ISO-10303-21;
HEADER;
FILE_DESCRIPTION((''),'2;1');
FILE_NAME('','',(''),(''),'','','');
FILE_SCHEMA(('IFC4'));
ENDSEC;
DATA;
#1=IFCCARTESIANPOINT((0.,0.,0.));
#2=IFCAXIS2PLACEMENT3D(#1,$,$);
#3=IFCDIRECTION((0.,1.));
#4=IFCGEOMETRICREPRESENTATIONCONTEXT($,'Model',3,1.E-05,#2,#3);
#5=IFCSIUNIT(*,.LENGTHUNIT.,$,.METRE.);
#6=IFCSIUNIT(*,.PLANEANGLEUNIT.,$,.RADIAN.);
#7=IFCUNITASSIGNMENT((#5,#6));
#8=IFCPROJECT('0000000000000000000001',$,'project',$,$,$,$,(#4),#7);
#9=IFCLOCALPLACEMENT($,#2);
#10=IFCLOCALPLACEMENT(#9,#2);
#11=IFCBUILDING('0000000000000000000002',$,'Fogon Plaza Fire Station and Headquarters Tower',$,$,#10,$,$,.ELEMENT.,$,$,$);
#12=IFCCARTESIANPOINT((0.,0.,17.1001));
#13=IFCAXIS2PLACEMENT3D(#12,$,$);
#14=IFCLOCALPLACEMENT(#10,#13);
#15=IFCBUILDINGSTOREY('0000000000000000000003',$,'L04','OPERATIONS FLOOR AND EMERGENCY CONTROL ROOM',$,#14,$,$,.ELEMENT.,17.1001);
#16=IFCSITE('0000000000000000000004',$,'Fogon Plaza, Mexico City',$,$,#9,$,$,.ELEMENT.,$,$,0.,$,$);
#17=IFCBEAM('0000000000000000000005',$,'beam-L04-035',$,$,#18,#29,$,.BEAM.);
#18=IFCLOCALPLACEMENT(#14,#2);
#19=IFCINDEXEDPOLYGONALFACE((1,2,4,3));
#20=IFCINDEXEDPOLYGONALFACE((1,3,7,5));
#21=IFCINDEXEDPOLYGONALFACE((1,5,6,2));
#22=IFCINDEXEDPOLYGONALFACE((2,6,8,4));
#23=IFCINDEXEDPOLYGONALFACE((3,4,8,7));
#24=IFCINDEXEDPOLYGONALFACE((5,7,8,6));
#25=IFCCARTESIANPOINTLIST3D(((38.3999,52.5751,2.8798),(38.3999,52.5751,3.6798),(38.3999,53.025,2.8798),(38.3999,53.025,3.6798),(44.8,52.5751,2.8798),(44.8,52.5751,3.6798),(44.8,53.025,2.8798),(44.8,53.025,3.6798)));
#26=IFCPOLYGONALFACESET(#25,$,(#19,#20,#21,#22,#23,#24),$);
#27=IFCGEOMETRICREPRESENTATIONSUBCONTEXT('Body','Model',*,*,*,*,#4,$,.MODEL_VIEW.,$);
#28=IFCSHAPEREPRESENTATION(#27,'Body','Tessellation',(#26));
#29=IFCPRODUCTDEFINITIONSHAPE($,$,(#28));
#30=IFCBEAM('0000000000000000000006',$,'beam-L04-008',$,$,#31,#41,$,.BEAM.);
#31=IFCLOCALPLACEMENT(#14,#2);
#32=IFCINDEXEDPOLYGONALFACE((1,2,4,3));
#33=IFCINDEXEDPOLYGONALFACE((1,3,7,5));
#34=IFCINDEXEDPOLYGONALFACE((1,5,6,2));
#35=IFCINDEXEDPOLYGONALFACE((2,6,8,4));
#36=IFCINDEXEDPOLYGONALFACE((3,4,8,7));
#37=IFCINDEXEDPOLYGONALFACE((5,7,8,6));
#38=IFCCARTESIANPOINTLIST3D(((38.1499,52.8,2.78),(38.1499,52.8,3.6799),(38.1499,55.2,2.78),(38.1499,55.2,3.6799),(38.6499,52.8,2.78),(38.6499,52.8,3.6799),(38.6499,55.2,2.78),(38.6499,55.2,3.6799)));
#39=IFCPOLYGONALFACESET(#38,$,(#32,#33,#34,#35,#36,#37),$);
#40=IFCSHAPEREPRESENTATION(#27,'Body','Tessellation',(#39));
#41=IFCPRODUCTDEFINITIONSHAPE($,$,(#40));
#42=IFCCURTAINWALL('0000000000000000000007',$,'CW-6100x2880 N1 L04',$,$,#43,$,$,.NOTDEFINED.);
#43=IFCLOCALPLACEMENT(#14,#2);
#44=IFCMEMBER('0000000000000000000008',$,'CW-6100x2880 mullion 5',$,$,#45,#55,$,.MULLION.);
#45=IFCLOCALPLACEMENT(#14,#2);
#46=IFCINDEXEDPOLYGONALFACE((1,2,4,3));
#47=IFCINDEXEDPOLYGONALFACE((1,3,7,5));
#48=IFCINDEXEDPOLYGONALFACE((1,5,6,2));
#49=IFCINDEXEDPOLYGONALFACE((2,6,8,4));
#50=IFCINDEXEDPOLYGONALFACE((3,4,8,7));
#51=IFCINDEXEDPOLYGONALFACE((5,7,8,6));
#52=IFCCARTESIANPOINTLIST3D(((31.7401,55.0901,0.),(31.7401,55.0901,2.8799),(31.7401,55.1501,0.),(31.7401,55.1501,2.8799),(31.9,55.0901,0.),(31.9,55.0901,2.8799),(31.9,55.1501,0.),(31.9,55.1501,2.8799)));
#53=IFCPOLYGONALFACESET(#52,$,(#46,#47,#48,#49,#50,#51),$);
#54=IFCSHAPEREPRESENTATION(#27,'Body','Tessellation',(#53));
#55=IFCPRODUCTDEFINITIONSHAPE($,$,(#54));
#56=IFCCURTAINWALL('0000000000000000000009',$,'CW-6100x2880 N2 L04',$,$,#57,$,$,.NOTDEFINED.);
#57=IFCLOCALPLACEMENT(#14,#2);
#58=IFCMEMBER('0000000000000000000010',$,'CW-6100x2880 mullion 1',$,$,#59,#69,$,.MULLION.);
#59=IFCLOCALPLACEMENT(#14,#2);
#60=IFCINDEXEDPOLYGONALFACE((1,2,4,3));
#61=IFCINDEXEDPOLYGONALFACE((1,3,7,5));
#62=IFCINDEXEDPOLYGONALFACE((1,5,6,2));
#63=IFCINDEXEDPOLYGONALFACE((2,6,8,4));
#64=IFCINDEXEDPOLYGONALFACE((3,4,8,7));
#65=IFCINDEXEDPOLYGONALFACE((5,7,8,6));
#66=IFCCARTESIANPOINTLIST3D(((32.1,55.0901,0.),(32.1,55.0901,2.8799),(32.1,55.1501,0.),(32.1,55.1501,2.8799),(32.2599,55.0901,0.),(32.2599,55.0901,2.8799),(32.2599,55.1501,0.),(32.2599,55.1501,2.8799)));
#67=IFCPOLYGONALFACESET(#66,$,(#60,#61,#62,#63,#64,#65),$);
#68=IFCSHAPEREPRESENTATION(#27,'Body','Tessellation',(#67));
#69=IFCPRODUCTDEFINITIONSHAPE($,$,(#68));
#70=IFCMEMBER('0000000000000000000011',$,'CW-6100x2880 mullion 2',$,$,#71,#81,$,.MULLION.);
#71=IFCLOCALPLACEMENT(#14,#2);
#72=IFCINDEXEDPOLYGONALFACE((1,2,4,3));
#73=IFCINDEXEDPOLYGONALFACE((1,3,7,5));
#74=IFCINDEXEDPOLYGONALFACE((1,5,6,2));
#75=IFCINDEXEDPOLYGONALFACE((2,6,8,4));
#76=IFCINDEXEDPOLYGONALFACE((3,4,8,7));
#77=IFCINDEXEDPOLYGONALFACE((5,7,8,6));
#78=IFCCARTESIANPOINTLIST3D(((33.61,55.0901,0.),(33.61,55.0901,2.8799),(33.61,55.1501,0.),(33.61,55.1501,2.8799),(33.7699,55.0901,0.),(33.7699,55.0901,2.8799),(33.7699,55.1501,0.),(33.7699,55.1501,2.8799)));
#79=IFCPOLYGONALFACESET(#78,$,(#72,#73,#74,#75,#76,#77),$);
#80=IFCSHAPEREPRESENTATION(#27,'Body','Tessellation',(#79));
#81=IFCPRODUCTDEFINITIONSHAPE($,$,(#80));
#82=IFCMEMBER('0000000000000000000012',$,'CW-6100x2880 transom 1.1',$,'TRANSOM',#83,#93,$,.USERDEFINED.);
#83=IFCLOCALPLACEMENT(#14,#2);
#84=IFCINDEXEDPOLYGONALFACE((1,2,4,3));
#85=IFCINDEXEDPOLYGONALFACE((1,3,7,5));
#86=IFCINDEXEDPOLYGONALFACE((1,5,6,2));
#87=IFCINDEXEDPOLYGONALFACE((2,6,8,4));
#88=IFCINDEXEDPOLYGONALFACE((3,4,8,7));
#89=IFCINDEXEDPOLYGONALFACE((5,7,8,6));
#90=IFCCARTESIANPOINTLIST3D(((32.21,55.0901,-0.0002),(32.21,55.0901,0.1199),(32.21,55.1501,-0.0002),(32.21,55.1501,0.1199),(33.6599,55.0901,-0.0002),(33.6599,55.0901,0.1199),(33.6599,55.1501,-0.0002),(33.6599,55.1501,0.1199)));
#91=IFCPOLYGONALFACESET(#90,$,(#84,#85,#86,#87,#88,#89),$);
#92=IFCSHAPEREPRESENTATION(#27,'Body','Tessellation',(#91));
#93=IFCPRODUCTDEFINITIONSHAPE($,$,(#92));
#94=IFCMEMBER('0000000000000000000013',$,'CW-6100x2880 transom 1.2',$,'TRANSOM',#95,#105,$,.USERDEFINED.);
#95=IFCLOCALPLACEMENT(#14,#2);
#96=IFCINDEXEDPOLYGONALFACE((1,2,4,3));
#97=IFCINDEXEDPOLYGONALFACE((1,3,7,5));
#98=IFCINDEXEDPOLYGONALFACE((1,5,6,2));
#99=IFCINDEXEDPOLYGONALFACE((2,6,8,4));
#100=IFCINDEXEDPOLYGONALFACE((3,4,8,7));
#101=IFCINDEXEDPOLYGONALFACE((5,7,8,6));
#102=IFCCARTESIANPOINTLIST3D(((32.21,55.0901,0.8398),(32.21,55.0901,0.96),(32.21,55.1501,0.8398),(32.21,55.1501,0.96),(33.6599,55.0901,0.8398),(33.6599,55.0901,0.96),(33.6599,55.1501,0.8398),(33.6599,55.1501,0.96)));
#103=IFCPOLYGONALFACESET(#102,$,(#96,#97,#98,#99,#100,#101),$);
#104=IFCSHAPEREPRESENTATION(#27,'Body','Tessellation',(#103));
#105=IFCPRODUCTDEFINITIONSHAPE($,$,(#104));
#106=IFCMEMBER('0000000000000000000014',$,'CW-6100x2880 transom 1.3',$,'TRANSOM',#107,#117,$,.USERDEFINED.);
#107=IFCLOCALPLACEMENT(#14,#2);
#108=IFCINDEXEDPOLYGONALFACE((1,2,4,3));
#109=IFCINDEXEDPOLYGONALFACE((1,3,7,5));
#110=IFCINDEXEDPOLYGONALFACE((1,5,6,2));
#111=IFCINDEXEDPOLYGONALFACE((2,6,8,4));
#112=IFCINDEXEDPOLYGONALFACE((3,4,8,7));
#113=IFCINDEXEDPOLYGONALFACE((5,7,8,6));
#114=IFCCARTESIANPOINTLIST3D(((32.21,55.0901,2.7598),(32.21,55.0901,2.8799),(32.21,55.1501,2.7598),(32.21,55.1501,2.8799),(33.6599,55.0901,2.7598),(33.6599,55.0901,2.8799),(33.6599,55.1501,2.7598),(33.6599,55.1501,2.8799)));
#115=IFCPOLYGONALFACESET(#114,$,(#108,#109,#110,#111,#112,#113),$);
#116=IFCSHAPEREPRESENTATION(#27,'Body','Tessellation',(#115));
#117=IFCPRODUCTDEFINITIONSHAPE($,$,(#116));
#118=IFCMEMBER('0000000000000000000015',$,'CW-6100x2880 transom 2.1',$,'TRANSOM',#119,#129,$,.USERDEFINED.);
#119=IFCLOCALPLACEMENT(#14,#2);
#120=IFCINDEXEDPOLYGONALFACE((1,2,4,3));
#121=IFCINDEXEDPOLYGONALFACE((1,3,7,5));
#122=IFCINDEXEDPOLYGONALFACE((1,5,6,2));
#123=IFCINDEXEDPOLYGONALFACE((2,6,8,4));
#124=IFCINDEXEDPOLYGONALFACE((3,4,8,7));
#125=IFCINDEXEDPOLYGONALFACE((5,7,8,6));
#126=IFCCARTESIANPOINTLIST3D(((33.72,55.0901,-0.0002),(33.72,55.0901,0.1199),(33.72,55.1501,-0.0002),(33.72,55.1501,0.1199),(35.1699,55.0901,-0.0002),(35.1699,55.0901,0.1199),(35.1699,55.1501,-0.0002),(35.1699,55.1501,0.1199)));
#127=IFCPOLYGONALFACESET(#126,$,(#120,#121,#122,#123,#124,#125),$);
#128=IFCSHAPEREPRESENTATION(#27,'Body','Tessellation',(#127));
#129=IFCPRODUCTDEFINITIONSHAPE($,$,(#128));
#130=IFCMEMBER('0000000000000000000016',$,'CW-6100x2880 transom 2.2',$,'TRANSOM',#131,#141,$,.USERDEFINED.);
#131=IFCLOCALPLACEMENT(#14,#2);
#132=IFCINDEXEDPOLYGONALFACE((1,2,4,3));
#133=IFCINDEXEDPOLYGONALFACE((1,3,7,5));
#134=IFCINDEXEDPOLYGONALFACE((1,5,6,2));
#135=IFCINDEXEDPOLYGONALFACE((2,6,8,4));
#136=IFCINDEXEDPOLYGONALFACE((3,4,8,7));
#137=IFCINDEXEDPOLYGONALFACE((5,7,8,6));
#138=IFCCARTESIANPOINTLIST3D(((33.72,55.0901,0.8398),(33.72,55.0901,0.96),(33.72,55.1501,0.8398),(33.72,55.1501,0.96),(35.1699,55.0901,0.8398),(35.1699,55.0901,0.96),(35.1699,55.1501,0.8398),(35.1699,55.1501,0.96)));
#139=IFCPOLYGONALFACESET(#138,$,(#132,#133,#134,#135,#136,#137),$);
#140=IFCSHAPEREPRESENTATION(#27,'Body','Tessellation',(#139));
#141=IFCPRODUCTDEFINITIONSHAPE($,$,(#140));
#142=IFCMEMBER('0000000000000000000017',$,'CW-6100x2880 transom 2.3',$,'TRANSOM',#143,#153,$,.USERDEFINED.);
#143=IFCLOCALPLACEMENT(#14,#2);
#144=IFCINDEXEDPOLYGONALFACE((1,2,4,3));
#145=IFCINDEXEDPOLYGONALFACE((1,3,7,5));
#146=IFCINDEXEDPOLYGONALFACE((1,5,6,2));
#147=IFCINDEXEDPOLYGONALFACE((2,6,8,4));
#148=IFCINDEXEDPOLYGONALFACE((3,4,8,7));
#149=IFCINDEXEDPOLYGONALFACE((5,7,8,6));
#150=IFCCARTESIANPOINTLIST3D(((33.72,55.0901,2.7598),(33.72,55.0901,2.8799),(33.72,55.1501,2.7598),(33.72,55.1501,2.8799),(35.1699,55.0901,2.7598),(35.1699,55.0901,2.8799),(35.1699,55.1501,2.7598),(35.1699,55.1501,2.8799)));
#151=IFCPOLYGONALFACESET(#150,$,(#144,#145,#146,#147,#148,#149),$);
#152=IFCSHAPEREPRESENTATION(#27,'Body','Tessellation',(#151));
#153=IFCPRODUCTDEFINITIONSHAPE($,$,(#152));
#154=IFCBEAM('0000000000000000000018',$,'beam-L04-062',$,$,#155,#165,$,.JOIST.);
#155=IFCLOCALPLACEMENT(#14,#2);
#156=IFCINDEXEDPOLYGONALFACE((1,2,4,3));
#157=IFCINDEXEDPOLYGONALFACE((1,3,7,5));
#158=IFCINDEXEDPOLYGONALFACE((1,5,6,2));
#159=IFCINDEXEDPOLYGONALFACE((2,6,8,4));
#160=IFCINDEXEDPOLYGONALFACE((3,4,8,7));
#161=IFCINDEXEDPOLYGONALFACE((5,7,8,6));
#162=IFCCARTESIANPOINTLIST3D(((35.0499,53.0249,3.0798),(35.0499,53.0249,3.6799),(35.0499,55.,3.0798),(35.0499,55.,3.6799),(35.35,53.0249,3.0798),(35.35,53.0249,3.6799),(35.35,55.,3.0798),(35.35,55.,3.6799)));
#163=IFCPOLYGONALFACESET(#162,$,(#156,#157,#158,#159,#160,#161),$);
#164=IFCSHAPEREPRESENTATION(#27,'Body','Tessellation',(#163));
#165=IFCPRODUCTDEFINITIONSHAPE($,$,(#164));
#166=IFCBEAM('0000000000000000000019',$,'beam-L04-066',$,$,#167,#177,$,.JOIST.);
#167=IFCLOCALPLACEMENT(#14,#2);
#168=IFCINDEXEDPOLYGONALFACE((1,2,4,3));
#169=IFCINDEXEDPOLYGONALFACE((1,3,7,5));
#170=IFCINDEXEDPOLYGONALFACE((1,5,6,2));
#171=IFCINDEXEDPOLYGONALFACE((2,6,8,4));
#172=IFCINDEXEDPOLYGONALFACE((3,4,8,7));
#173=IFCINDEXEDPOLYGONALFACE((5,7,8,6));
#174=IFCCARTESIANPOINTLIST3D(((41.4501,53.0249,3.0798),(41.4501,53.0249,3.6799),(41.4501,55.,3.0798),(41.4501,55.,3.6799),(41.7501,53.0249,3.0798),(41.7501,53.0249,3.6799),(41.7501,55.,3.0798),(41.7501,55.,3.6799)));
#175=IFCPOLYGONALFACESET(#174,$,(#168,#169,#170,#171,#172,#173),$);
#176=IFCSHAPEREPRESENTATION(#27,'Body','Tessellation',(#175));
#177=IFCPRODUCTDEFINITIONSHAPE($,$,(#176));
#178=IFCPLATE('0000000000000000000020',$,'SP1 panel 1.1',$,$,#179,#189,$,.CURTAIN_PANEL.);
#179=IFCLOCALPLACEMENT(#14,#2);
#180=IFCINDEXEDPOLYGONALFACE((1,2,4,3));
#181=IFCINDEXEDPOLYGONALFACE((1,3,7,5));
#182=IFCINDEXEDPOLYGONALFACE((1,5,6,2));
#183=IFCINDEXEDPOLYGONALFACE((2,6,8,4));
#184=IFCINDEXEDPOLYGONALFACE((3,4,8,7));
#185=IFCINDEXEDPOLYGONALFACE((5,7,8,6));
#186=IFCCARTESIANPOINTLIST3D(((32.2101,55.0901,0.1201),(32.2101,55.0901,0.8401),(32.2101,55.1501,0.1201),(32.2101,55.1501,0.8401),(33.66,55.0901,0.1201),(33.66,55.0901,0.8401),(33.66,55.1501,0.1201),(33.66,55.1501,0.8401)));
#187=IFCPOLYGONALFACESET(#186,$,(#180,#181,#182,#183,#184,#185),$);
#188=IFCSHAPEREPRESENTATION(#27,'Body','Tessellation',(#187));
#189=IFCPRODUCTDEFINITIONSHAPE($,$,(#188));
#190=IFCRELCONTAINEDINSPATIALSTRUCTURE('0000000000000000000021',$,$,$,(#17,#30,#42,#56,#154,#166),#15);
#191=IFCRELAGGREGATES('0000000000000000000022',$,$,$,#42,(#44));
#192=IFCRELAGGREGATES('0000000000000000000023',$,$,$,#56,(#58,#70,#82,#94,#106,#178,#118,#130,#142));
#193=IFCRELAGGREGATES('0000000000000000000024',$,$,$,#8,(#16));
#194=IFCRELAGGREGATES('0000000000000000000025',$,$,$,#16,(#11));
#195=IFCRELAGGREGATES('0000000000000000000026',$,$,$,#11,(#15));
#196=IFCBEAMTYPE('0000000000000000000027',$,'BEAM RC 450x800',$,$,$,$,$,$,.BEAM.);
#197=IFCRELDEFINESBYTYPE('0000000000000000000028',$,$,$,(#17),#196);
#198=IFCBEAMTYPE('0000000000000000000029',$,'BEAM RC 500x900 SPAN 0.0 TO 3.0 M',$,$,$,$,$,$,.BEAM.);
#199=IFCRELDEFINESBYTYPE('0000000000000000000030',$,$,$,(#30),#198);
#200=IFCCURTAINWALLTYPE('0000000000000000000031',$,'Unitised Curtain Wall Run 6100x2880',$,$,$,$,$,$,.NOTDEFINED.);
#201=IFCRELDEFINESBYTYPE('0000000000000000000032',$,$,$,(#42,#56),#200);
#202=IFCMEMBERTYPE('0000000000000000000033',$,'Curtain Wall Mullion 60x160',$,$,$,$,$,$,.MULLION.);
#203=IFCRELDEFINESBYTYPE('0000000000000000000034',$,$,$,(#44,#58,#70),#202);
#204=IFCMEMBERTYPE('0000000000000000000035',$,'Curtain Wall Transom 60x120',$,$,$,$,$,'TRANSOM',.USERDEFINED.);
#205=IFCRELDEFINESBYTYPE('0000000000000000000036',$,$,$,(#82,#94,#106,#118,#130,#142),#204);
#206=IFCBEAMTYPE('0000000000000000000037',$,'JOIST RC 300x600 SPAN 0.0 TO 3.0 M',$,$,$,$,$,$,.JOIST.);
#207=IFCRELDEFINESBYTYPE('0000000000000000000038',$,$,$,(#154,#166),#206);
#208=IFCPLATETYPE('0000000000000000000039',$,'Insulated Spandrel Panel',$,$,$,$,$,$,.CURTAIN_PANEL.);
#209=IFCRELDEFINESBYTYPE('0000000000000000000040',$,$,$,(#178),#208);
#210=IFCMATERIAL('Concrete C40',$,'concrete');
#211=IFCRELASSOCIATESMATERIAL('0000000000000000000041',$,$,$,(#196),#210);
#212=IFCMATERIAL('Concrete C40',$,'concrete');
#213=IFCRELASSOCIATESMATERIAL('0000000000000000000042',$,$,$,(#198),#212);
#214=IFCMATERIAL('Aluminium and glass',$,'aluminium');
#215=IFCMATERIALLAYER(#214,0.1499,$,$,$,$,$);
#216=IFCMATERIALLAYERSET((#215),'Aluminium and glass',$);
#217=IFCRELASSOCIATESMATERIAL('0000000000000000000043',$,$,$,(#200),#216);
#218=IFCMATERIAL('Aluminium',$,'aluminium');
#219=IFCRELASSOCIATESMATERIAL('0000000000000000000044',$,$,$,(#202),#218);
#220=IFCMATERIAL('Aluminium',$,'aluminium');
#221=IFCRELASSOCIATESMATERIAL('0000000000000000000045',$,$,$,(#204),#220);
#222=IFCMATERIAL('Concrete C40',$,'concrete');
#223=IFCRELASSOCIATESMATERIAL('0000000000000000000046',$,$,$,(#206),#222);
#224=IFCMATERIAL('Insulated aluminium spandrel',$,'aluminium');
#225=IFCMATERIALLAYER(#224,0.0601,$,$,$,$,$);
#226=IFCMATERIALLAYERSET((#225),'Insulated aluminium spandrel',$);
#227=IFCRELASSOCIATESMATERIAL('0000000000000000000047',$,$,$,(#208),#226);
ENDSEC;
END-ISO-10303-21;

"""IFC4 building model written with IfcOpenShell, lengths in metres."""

from ifc_helpers import new_model, si_unit, direction, frame, origin, origin_2d, place, context, subcontext, project, spatial, rectangle, extrude, material, layer, layer_set, material_profile, profile_set, type_object, element, aggregate, save


model = new_model("IFC4")

# Units and contexts
model_context = context("Model", 3, precision=1e-05, world=origin(), true_north=direction((0.0, 1.0)))
body_context = subcontext(model_context, "Body", "Model", "MODEL_VIEW")
ifc_project = project(units=[si_unit("LENGTHUNIT", "METRE"), si_unit("PLANEANGLEUNIT", "RADIAN")], contexts=[model_context])

# Site, building, storey
site_placement = place(None, origin())
site = spatial("IfcSite", under=ifc_project, at=site_placement, Name="Fogon Plaza, Mexico City", CompositionType="ELEMENT", RefElevation=0.0)
building_placement = place(site_placement, origin())
building = spatial("IfcBuilding", under=site, at=building_placement, Name="Fogon Plaza Fire Station and Headquarters Tower", CompositionType="ELEMENT")
storey_placement = place(building_placement, frame((0.0, 0.0, 17.1001)))
storey = spatial("IfcBuildingStorey", under=building, at=storey_placement, Name="L04", Description="OPERATIONS FLOOR AND EMERGENCY CONTROL ROOM", CompositionType="ELEMENT", Elevation=17.1001)

# Beams
ifc_material_1 = material(Name="Concrete C40", Category="concrete")
ifc_material_profile_1 = material_profile(ifc_material_1, rectangle(XDim=0.45, YDim=0.8, at=origin_2d()), Name="RC 450x800")
ifc_profile_set_1 = profile_set([ifc_material_profile_1], Name="Concrete C40")
beam_type_1 = type_object("IfcBeamType", Name="BEAM RC 450x800", PredefinedType="BEAM", material=ifc_profile_set_1)
beam_1_placement = place(storey_placement, frame((38.3999, 52.8, 3.2798), z_axis=(1.0, 0.0, 0.0), x_axis=(0.0, 1.0, 0.0)))
element("IfcBeam", 1, at=beam_1_placement, inside=storey, type_object=beam_type_1, Name="beam-L04-035", PredefinedType="BEAM", context=body_context, shape_type="SweptSolid", body=[
    extrude(rectangle(XDim=0.45, YDim=0.8, at=origin_2d()), origin(), (0.0, 0.0, 1.0), 6.4001),
])
ifc_material_2 = material(Name="Concrete C40", Category="concrete")
ifc_material_profile_2 = material_profile(ifc_material_2, rectangle(XDim=0.5, YDim=0.8999, at=origin_2d()), Name="RC 500x900")
ifc_profile_set_2 = profile_set([ifc_material_profile_2], Name="Concrete C40")
beam_type_2 = type_object("IfcBeamType", Name="BEAM RC 500x900 SPAN 0.0 TO 3.0 M", PredefinedType="BEAM", material=ifc_profile_set_2)
beam_2_placement = place(storey_placement, frame((38.3999, 52.8, 3.23), z_axis=(0.0, 1.0, 0.0), x_axis=(-1.0, 0.0, 0.0)))
element("IfcBeam", 2, at=beam_2_placement, inside=storey, type_object=beam_type_2, Name="beam-L04-008", PredefinedType="BEAM", context=body_context, shape_type="SweptSolid", body=[
    extrude(rectangle(XDim=0.5, YDim=0.8999, at=origin_2d()), origin(), (0.0, 0.0, 1.0), 2.3999),
])

# Curtain wall, member
ifc_material_3 = material(Name="Aluminium and glass", Category="aluminium")
ifc_layer_1 = layer(ifc_material_3, 0.1499)
ifc_layer_set_1 = layer_set([ifc_layer_1], Name="Aluminium and glass")
curtain_wall_type = type_object("IfcCurtainWallType", Name="Unitised Curtain Wall Run 6100x2880", PredefinedType="NOTDEFINED", material=ifc_layer_set_1)
curtain_wall_1_placement = place(storey_placement, origin())
curtain_wall_1 = element("IfcCurtainWall", 3, at=curtain_wall_1_placement, inside=storey, type_object=curtain_wall_type, Name="CW-6100x2880 N1 L04", PredefinedType="NOTDEFINED")
ifc_material_4 = material(Name="Aluminium", Category="aluminium")
ifc_material_profile_3 = material_profile(ifc_material_4, rectangle(XDim=0.0601, YDim=0.1599, at=origin_2d()), Name="Curtain Wall Mullion 60x160")
ifc_profile_set_3 = profile_set([ifc_material_profile_3], Name="Aluminium")
member_type_1 = type_object("IfcMemberType", Name="Curtain Wall Mullion 60x160", PredefinedType="MULLION", material=ifc_profile_set_3)
member_1_placement = place(storey_placement, frame((31.8201, 55.1201, 0.0), z_axis=(0.0, 0.0, 1.0), x_axis=(0.0, 1.0, 0.0)))
member_1 = element("IfcMember", 4, at=member_1_placement, type_object=member_type_1, Name="CW-6100x2880 mullion 5", PredefinedType="MULLION", context=body_context, shape_type="SweptSolid", body=[
    extrude(rectangle(XDim=0.0601, YDim=0.1599, at=origin_2d()), origin(), (0.0, 0.0, 1.0), 2.8799),
])
aggregate(curtain_wall_1, [member_1])

# Curtain wall, members
curtain_wall_2_placement = place(storey_placement, origin())
curtain_wall_2 = element("IfcCurtainWall", 5, at=curtain_wall_2_placement, inside=storey, type_object=curtain_wall_type, Name="CW-6100x2880 N2 L04", PredefinedType="NOTDEFINED")
member_2_placement = place(storey_placement, frame((32.1799, 55.1201, 0.0), z_axis=(0.0, 0.0, 1.0), x_axis=(0.0, 1.0, 0.0)))
member_2 = element("IfcMember", 6, at=member_2_placement, type_object=member_type_1, Name="CW-6100x2880 mullion 1", PredefinedType="MULLION", context=body_context, shape_type="SweptSolid", body=[
    extrude(rectangle(XDim=0.0601, YDim=0.1599, at=origin_2d()), origin(), (0.0, 0.0, 1.0), 2.8799),
])
member_3_placement = place(storey_placement, frame((33.6899, 55.1201, 0.0), z_axis=(0.0, 0.0, 1.0), x_axis=(0.0, 1.0, 0.0)))
member_3 = element("IfcMember", 7, at=member_3_placement, type_object=member_type_1, Name="CW-6100x2880 mullion 2", PredefinedType="MULLION", context=body_context, shape_type="SweptSolid", body=[
    extrude(rectangle(XDim=0.0601, YDim=0.1599, at=origin_2d()), origin(), (0.0, 0.0, 1.0), 2.8799),
])
ifc_material_5 = material(Name="Aluminium", Category="aluminium")
ifc_material_profile_4 = material_profile(ifc_material_5, rectangle(XDim=0.0601, YDim=0.1201, at=origin_2d()), Name="Curtain Wall Transom 60x120")
ifc_profile_set_4 = profile_set([ifc_material_profile_4], Name="Aluminium")
member_type_2 = type_object("IfcMemberType", Name="Curtain Wall Transom 60x120", ElementType="TRANSOM", PredefinedType="USERDEFINED", material=ifc_profile_set_4)
member_4_placement = place(storey_placement, frame((32.21, 55.1201, 0.0598), z_axis=(1.0, 0.0, 0.0), x_axis=(0.0, 1.0, 0.0)))
member_4 = element("IfcMember", 8, at=member_4_placement, type_object=member_type_2, Name="CW-6100x2880 transom 1.1", ObjectType="TRANSOM", PredefinedType="USERDEFINED", context=body_context, shape_type="SweptSolid", body=[
    extrude(rectangle(XDim=0.0601, YDim=0.1201, at=origin_2d()), origin(), (0.0, 0.0, 1.0), 1.45),
])
member_5_placement = place(storey_placement, frame((32.21, 55.1201, 0.8999), z_axis=(1.0, 0.0, 0.0), x_axis=(0.0, 1.0, 0.0)))
member_5 = element("IfcMember", 9, at=member_5_placement, type_object=member_type_2, Name="CW-6100x2880 transom 1.2", ObjectType="TRANSOM", PredefinedType="USERDEFINED", context=body_context, shape_type="SweptSolid", body=[
    extrude(rectangle(XDim=0.0601, YDim=0.1201, at=origin_2d()), origin(), (0.0, 0.0, 1.0), 1.45),
])
member_6_placement = place(storey_placement, frame((32.21, 55.1201, 2.8198), z_axis=(1.0, 0.0, 0.0), x_axis=(0.0, 1.0, 0.0)))
member_6 = element("IfcMember", 10, at=member_6_placement, type_object=member_type_2, Name="CW-6100x2880 transom 1.3", ObjectType="TRANSOM", PredefinedType="USERDEFINED", context=body_context, shape_type="SweptSolid", body=[
    extrude(rectangle(XDim=0.0601, YDim=0.1201, at=origin_2d()), origin(), (0.0, 0.0, 1.0), 1.45),
])
member_7_placement = place(storey_placement, frame((33.72, 55.1201, 0.0598), z_axis=(1.0, 0.0, 0.0), x_axis=(0.0, 1.0, 0.0)))
member_7 = element("IfcMember", 11, at=member_7_placement, type_object=member_type_2, Name="CW-6100x2880 transom 2.1", ObjectType="TRANSOM", PredefinedType="USERDEFINED", context=body_context, shape_type="SweptSolid", body=[
    extrude(rectangle(XDim=0.0601, YDim=0.1201, at=origin_2d()), origin(), (0.0, 0.0, 1.0), 1.45),
])
member_8_placement = place(storey_placement, frame((33.72, 55.1201, 0.8999), z_axis=(1.0, 0.0, 0.0), x_axis=(0.0, 1.0, 0.0)))
member_8 = element("IfcMember", 12, at=member_8_placement, type_object=member_type_2, Name="CW-6100x2880 transom 2.2", ObjectType="TRANSOM", PredefinedType="USERDEFINED", context=body_context, shape_type="SweptSolid", body=[
    extrude(rectangle(XDim=0.0601, YDim=0.1201, at=origin_2d()), origin(), (0.0, 0.0, 1.0), 1.45),
])
member_9_placement = place(storey_placement, frame((33.72, 55.1201, 2.8198), z_axis=(1.0, 0.0, 0.0), x_axis=(0.0, 1.0, 0.0)))
member_9 = element("IfcMember", 13, at=member_9_placement, type_object=member_type_2, Name="CW-6100x2880 transom 2.3", ObjectType="TRANSOM", PredefinedType="USERDEFINED", context=body_context, shape_type="SweptSolid", body=[
    extrude(rectangle(XDim=0.0601, YDim=0.1201, at=origin_2d()), origin(), (0.0, 0.0, 1.0), 1.45),
])

# Beams
ifc_material_6 = material(Name="Concrete C40", Category="concrete")
ifc_material_profile_5 = material_profile(ifc_material_6, rectangle(XDim=0.3, YDim=0.6001, at=origin_2d()), Name="RC 300x600")
ifc_profile_set_5 = profile_set([ifc_material_profile_5], Name="Concrete C40")
beam_type_3 = type_object("IfcBeamType", Name="JOIST RC 300x600 SPAN 0.0 TO 3.0 M", PredefinedType="JOIST", material=ifc_profile_set_5)
for number, where, z_axis, x_axis, name in (
    (14, (35.2, 53.0249, 3.3799), (0.0, 1.0, 0.0), (-1.0, 0.0, 0.0), "beam-L04-062"),
    (15, (41.6001, 53.0249, 3.3799), (0.0, 1.0, 0.0), (-1.0, 0.0, 0.0), "beam-L04-066"),
):
    element("IfcBeam", number, at=place(storey_placement, frame(where, z_axis=z_axis, x_axis=x_axis)), inside=storey, type_object=beam_type_3, Name=name, PredefinedType="JOIST", context=body_context, shape_type="SweptSolid", body=[
        extrude(rectangle(XDim=0.3, YDim=0.6001, at=origin_2d()), origin(), (0.0, 0.0, 1.0), 1.9751),
    ])

# Plate
ifc_material_7 = material(Name="Insulated aluminium spandrel", Category="aluminium")
ifc_layer_2 = layer(ifc_material_7, 0.0601)
ifc_layer_set_2 = layer_set([ifc_layer_2], Name="Insulated aluminium spandrel")
plate_type_1 = type_object("IfcPlateType", Name="Insulated Spandrel Panel", PredefinedType="CURTAIN_PANEL", material=ifc_layer_set_2)
plate_1_placement = place(storey_placement, frame((32.9351, 55.1201, 0.1201), z_axis=(0.0, 0.0, 1.0), x_axis=(1.0, 0.0, 0.0)))
plate_1 = element("IfcPlate", 16, at=plate_1_placement, type_object=plate_type_1, Name="SP1 panel 1.1", PredefinedType="CURTAIN_PANEL", context=body_context, shape_type="SweptSolid", body=[
    extrude(rectangle(XDim=1.45, YDim=0.0601, at=origin_2d()), origin(), (0.0, 0.0, 1.0), 0.72),
])
aggregate(curtain_wall_2, [member_2, member_3, member_4, member_5, member_6, plate_1, member_7, member_8, member_9])

save(model, "model.ifc")
